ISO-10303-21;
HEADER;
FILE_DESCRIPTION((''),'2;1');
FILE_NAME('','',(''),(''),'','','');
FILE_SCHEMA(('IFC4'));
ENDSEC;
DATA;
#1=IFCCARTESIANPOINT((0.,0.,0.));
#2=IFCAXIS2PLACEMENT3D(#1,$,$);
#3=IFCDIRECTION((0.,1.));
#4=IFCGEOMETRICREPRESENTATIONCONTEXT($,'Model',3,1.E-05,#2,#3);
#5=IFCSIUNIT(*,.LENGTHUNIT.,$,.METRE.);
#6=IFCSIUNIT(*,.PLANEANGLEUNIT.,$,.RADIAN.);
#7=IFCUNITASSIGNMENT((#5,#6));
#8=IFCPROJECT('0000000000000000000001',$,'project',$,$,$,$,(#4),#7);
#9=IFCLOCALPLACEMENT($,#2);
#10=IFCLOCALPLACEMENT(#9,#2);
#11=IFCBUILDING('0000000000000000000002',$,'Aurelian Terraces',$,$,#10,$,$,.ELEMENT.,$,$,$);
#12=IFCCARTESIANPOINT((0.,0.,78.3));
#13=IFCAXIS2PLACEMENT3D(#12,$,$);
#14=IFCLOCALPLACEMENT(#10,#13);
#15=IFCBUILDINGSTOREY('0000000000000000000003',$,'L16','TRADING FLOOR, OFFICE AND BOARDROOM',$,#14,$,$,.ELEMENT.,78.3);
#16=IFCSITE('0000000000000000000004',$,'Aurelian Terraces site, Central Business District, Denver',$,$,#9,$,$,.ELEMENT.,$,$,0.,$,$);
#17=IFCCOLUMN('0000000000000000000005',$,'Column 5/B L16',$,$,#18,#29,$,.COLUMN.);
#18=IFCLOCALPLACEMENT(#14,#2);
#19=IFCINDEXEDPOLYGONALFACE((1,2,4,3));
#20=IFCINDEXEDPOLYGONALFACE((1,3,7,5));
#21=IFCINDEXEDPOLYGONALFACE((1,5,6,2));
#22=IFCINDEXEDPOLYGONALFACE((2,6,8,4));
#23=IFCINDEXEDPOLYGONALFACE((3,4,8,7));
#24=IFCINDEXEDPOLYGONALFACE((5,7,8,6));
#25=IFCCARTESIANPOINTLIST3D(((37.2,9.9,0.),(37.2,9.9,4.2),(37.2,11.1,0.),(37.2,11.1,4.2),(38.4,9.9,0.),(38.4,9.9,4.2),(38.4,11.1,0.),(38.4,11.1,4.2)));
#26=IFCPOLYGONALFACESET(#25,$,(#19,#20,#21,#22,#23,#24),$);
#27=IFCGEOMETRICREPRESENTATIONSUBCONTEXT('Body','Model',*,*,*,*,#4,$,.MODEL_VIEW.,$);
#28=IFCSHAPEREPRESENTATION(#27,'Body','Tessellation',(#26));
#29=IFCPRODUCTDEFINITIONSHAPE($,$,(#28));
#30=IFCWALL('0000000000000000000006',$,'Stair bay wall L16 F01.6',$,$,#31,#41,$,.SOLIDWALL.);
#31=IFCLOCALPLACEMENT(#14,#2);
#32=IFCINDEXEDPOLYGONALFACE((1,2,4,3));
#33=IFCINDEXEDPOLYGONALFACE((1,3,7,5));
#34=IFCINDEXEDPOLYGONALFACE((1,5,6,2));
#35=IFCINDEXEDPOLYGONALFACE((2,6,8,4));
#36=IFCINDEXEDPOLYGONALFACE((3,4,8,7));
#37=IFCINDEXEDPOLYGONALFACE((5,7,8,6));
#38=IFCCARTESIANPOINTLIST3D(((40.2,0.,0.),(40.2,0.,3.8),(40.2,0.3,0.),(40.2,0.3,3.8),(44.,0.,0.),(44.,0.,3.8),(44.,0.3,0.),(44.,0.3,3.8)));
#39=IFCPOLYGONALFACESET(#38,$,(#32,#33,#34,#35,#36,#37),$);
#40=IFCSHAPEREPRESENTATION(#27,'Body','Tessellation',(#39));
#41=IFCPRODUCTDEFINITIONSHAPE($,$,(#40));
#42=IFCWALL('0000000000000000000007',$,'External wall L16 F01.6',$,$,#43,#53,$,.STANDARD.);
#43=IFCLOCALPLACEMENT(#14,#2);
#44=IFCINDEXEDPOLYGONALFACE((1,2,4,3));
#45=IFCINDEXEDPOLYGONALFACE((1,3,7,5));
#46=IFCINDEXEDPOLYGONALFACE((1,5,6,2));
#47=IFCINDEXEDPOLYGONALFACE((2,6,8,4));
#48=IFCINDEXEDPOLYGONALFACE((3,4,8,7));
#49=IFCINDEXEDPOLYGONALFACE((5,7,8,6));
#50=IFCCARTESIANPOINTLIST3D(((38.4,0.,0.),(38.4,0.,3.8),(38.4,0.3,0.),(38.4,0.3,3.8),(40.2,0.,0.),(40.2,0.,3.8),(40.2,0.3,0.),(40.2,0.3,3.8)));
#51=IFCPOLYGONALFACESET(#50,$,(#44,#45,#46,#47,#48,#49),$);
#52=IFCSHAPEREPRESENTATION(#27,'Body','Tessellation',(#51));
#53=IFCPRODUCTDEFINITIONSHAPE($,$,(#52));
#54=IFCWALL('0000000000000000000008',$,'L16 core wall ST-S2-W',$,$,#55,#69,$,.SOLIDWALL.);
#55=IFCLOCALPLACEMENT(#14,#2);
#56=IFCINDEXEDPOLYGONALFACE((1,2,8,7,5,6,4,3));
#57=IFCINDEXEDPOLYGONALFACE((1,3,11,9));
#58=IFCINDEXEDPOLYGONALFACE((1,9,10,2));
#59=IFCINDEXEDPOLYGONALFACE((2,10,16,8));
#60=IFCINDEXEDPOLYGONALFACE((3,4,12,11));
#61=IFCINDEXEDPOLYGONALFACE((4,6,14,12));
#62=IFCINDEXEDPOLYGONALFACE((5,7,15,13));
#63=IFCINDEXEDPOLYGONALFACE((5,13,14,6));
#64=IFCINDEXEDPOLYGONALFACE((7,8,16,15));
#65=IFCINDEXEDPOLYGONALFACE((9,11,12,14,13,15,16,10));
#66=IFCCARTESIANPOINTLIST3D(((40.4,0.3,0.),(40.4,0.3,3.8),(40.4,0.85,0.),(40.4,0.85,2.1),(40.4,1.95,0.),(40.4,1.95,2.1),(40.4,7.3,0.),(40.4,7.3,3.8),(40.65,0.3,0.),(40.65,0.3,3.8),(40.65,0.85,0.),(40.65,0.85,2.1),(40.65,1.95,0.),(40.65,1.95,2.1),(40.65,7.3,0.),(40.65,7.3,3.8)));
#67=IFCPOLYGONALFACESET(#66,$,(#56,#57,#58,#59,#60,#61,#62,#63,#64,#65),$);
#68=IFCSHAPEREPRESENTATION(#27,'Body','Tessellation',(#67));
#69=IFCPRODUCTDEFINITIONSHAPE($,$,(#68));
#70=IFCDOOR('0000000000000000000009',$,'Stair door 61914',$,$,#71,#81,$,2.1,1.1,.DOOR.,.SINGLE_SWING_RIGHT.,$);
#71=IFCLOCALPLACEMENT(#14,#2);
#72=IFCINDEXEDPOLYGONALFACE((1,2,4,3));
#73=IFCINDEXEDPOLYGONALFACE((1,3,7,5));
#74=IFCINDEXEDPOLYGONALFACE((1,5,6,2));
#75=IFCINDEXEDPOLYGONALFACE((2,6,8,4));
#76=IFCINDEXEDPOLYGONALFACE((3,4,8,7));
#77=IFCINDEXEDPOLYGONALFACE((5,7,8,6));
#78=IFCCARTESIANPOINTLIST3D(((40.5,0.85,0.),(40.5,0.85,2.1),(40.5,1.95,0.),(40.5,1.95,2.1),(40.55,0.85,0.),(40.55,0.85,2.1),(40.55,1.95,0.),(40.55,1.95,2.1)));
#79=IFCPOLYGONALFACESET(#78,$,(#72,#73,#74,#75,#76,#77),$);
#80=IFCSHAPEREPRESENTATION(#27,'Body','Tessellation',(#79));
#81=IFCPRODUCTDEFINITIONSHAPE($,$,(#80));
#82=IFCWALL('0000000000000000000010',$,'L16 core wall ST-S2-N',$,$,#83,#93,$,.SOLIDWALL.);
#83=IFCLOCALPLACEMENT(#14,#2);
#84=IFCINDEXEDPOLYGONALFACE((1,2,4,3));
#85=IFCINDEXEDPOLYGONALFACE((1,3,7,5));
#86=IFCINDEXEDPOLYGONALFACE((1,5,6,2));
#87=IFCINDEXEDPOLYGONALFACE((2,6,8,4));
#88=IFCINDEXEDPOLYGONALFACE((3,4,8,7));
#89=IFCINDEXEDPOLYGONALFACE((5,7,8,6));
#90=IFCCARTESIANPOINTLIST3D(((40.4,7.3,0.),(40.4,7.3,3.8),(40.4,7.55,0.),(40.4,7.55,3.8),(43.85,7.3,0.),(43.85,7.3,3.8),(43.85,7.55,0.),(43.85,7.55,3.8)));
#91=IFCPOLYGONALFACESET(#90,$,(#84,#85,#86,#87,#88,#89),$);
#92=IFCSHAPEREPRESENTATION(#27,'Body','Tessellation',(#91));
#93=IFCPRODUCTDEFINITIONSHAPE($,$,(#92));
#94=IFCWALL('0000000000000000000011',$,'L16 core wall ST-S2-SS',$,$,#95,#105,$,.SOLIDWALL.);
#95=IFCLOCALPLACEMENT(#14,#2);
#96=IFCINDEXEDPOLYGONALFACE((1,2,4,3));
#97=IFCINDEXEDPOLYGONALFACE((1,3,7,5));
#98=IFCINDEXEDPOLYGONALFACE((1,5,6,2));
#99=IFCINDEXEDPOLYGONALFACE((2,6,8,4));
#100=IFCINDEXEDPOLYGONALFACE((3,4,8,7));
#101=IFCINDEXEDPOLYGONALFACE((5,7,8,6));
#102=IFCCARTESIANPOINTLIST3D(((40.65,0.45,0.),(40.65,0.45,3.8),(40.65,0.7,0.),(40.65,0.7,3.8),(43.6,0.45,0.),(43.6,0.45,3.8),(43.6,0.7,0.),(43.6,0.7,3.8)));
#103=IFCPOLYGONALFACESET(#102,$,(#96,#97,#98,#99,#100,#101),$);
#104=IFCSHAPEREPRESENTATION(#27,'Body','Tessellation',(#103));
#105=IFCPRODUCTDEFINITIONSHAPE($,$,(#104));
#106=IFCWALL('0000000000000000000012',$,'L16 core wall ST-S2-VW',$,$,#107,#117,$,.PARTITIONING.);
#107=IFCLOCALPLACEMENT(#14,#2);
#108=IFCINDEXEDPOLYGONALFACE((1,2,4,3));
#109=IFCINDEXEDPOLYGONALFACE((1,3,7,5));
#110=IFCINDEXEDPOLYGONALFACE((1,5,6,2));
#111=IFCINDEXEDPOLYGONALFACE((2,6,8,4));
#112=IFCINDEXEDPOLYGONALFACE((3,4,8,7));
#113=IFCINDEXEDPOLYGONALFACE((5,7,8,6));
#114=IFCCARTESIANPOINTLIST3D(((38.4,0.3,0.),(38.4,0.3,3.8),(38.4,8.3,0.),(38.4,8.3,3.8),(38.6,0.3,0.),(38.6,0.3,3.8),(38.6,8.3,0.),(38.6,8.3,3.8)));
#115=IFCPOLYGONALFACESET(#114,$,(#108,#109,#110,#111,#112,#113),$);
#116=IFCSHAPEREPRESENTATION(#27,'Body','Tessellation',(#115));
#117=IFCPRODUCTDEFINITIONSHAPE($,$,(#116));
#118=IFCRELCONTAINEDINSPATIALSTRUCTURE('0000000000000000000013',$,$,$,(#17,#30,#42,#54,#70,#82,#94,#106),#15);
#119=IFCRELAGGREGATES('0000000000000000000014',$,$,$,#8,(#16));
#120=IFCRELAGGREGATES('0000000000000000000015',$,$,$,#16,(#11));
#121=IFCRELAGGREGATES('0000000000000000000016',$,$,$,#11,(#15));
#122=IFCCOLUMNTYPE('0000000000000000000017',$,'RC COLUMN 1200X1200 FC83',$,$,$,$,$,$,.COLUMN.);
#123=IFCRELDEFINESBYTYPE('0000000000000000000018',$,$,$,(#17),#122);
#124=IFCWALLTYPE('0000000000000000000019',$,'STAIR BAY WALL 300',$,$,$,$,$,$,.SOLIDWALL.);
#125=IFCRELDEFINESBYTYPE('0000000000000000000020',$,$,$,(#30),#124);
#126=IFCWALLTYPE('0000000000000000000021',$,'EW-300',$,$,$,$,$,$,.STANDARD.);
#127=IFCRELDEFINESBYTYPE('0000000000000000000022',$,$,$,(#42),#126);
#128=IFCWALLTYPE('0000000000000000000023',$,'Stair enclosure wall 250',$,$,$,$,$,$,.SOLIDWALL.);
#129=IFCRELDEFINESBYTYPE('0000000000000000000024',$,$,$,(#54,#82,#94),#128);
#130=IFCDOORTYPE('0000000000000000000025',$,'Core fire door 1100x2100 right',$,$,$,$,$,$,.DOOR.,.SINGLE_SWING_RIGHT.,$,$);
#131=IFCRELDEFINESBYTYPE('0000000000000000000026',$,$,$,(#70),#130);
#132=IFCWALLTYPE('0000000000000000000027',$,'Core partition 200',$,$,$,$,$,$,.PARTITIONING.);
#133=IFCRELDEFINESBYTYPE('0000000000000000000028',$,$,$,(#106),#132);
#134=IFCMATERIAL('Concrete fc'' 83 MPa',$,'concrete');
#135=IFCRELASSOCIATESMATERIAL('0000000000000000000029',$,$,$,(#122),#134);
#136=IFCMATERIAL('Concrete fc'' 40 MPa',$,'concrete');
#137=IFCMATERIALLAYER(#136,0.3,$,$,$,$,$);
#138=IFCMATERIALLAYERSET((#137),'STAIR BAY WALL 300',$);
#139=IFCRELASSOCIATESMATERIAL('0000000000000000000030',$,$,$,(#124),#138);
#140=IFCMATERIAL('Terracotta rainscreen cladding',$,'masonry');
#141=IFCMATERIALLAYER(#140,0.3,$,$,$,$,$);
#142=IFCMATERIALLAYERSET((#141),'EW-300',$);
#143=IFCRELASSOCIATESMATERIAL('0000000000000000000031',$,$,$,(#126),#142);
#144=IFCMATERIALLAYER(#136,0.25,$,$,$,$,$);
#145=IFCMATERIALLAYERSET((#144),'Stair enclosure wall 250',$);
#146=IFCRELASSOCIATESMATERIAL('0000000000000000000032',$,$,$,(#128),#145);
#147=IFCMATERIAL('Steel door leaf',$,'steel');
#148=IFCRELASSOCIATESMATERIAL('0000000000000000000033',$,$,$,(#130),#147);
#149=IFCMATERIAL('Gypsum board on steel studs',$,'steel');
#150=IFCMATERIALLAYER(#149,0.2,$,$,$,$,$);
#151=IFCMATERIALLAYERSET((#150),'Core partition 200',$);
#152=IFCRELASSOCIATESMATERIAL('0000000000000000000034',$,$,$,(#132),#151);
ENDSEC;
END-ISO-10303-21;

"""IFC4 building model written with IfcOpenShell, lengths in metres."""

from ifc_helpers import new_model, si_unit, direction, frame, frame_2d, origin, origin_2d, place, context, subcontext, project, spatial, rectangle, extrude, source, transform, mapped, material, layer, layer_set, material_profile, profile_set, type_object, element, fill, save


model = new_model("IFC4")

# Units and contexts
model_context = context("Model", 3, precision=1e-05, world=origin(), true_north=direction((0.0, 1.0)))
body_context = subcontext(model_context, "Body", "Model", "MODEL_VIEW")
ifc_project = project(units=[si_unit("LENGTHUNIT", "METRE"), si_unit("PLANEANGLEUNIT", "RADIAN")], contexts=[model_context])

# Site, building, storey
site_placement = place(None, origin())
site = spatial("IfcSite", under=ifc_project, at=site_placement, Name="Aurelian Terraces site, Central Business District, Denver", CompositionType="ELEMENT", RefElevation=0.0)
building_placement = place(site_placement, origin())
building = spatial("IfcBuilding", under=site, at=building_placement, Name="Aurelian Terraces", CompositionType="ELEMENT")
storey_placement = place(building_placement, frame((0.0, 0.0, 78.3)))
storey = spatial("IfcBuildingStorey", under=building, at=storey_placement, Name="L16", Description="TRADING FLOOR, OFFICE AND BOARDROOM", CompositionType="ELEMENT", Elevation=78.3)

# Column
ifc_material_1 = material(Name="Concrete fc' 83 MPa", Category="concrete")
ifc_material_profile = material_profile(ifc_material_1, rectangle(XDim=1.2, YDim=1.2, at=origin_2d()))
ifc_profile_set = profile_set([ifc_material_profile], Name="Concrete fc' 83 MPa")
column_type = type_object("IfcColumnType", Name="RC COLUMN 1200X1200 FC83", PredefinedType="COLUMN", material=ifc_profile_set)
shared_shape_1 = source(origin(), body_context, "Body", "SweptSolid", [
    extrude(rectangle(XDim=1.2, YDim=1.2, at=origin_2d()), origin(), (0.0, 0.0, 1.0), 4.2),
])
column_placement = place(storey_placement, frame((37.8, 10.5, 0.0), z_axis=(0.0, 0.0, 1.0), x_axis=(1.0, 0.0, 0.0)))
element("IfcColumn", 1, at=column_placement, inside=storey, type_object=column_type, Name="Column 5/B L16", PredefinedType="COLUMN", context=body_context, shape_type="MappedRepresentation", body=[
    mapped(shared_shape_1, transform((0.0, 0.0, 0.0), scale=1.0)),
])

# Walls
ifc_material_2 = material(Name="Concrete fc' 40 MPa", Category="concrete")
ifc_layer_1 = layer(ifc_material_2, 0.3)
ifc_layer_set_1 = layer_set([ifc_layer_1], Name="STAIR BAY WALL 300")
wall_type_1 = type_object("IfcWallType", Name="STAIR BAY WALL 300", PredefinedType="SOLIDWALL", material=ifc_layer_set_1)
shared_shape_2 = source(origin(), body_context, "Body", "SweptSolid", [
    extrude(rectangle(XDim=3.8, YDim=0.3, at=frame_2d((1.9, 0.0))), origin(), (0.0, 0.0, 1.0), 3.8),
])
wall_1_placement = place(storey_placement, frame((40.2, 0.15, 0.0), z_axis=(0.0, 0.0, 1.0), x_axis=(1.0, 0.0, 0.0)))
element("IfcWall", 2, at=wall_1_placement, inside=storey, type_object=wall_type_1, Name="Stair bay wall L16 F01.6", PredefinedType="SOLIDWALL", context=body_context, shape_type="MappedRepresentation", body=[
    mapped(shared_shape_2, transform((0.0, 0.0, 0.0), scale=1.0)),
])
ifc_material_3 = material(Name="Terracotta rainscreen cladding", Category="masonry")
ifc_layer_2 = layer(ifc_material_3, 0.3)
ifc_layer_set_2 = layer_set([ifc_layer_2], Name="EW-300")
wall_type_2 = type_object("IfcWallType", Name="EW-300", PredefinedType="STANDARD", material=ifc_layer_set_2)
shared_shape_3 = source(origin(), body_context, "Body", "SweptSolid", [
    extrude(rectangle(XDim=1.8, YDim=0.3, at=frame_2d((0.9, 0.0))), origin(), (0.0, 0.0, 1.0), 3.8),
])
wall_2_placement = place(storey_placement, frame((38.4, 0.15, 0.0), z_axis=(0.0, 0.0, 1.0), x_axis=(1.0, 0.0, 0.0)))
element("IfcWall", 3, at=wall_2_placement, inside=storey, type_object=wall_type_2, Name="External wall L16 F01.6", PredefinedType="STANDARD", context=body_context, shape_type="MappedRepresentation", body=[
    mapped(shared_shape_3, transform((0.0, 0.0, 0.0), scale=1.0)),
])

# Wall, opening, door
ifc_layer_3 = layer(ifc_material_2, 0.25)
ifc_layer_set_3 = layer_set([ifc_layer_3], Name="Stair enclosure wall 250")
wall_type_3 = type_object("IfcWallType", Name="Stair enclosure wall 250", PredefinedType="SOLIDWALL", material=ifc_layer_set_3)
shared_shape_4 = source(origin(), body_context, "Body", "SweptSolid", [
    extrude(rectangle(XDim=7.0, YDim=0.25, at=frame_2d((3.5, 0.0))), origin(), (0.0, 0.0, 1.0), 3.8),
])
wall_3_placement = place(storey_placement, frame((40.525, 0.3, 0.0), z_axis=(0.0, 0.0, 1.0), x_axis=(0.0, 1.0, 0.0)))
wall_3 = element("IfcWall", 4, at=wall_3_placement, inside=storey, type_object=wall_type_3, Name="L16 core wall ST-S2-W", PredefinedType="SOLIDWALL", context=body_context, shape_type="MappedRepresentation", body=[
    mapped(shared_shape_4, transform((0.0, 0.0, 0.0), scale=1.0)),
])
shared_shape_5 = source(origin(), body_context, "Body", "SweptSolid", [
    extrude(rectangle(XDim=1.1, YDim=2.1, at=frame_2d((0.55, 1.05))), frame((0.0, 0.135, 0.0), z_axis=(0.0, -1.0, 0.0), x_axis=(1.0, 0.0, 0.0)), (0.0, 0.0, 1.0), 0.27),
])
opening_1_placement = place(wall_3_placement, frame((0.55, 0.0, 0.0)))
opening_1 = element("IfcOpeningElement", 5, at=opening_1_placement, cuts=wall_3, PredefinedType="OPENING", context=body_context, shape_type="MappedRepresentation", body=[
    mapped(shared_shape_5, transform((0.0, 0.0, 0.0), scale=1.0)),
])
ifc_material_4 = material(Name="Steel door leaf", Category="steel")
door_type_1 = type_object("IfcDoorType", Name="Core fire door 1100x2100 right", OperationType="SINGLE_SWING_RIGHT", PredefinedType="DOOR", material=ifc_material_4)
shared_shape_6 = source(origin(), body_context, "Body", "SweptSolid", [
    extrude(rectangle(XDim=1.1, YDim=2.1, at=frame_2d((0.55, 1.05))), frame((0.0, 0.025, 0.0), z_axis=(0.0, -1.0, 0.0), x_axis=(1.0, 0.0, 0.0)), (0.0, 0.0, 1.0), 0.05),
])
door_1_placement = place(opening_1_placement, origin())
door_1 = element("IfcDoor", 6, at=door_1_placement, inside=storey, type_object=door_type_1, Name="Stair door 61914", OperationType="SINGLE_SWING_RIGHT", OverallHeight=2.1, OverallWidth=1.1, PredefinedType="DOOR", context=body_context, shape_type="MappedRepresentation", body=[
    mapped(shared_shape_6, transform((0.0, 0.0, 0.0), scale=1.0)),
])
fill(opening_1, door_1)

# Walls
shared_shape_7 = source(origin(), body_context, "Body", "SweptSolid", [
    extrude(rectangle(XDim=3.45, YDim=0.25, at=frame_2d((1.725, 0.0))), origin(), (0.0, 0.0, 1.0), 3.8),
])
wall_4_placement = place(storey_placement, frame((40.4, 7.425, 0.0), z_axis=(0.0, 0.0, 1.0), x_axis=(1.0, 0.0, 0.0)))
element("IfcWall", 7, at=wall_4_placement, inside=storey, type_object=wall_type_3, Name="L16 core wall ST-S2-N", PredefinedType="SOLIDWALL", context=body_context, shape_type="MappedRepresentation", body=[
    mapped(shared_shape_7, transform((0.0, 0.0, 0.0), scale=1.0)),
])
shared_shape_8 = source(origin(), body_context, "Body", "SweptSolid", [
    extrude(rectangle(XDim=2.95, YDim=0.25, at=frame_2d((1.475, 0.0))), origin(), (0.0, 0.0, 1.0), 3.8),
])
wall_5_placement = place(storey_placement, frame((40.65, 0.575, 0.0), z_axis=(0.0, 0.0, 1.0), x_axis=(1.0, 0.0, 0.0)))
element("IfcWall", 8, at=wall_5_placement, inside=storey, type_object=wall_type_3, Name="L16 core wall ST-S2-SS", PredefinedType="SOLIDWALL", context=body_context, shape_type="MappedRepresentation", body=[
    mapped(shared_shape_8, transform((0.0, 0.0, 0.0), scale=1.0)),
])
ifc_material_5 = material(Name="Gypsum board on steel studs", Category="steel")
ifc_layer_4 = layer(ifc_material_5, 0.2)
ifc_layer_set_4 = layer_set([ifc_layer_4], Name="Core partition 200")
wall_type_4 = type_object("IfcWallType", Name="Core partition 200", PredefinedType="PARTITIONING", material=ifc_layer_set_4)
shared_shape_9 = source(origin(), body_context, "Body", "SweptSolid", [
    extrude(rectangle(XDim=8.0, YDim=0.2, at=frame_2d((4.0, 0.0))), origin(), (0.0, 0.0, 1.0), 3.8),
])
wall_6_placement = place(storey_placement, frame((38.5, 0.3, 0.0), z_axis=(0.0, 0.0, 1.0), x_axis=(0.0, 1.0, 0.0)))
element("IfcWall", 9, at=wall_6_placement, inside=storey, type_object=wall_type_4, Name="L16 core wall ST-S2-VW", PredefinedType="PARTITIONING", context=body_context, shape_type="MappedRepresentation", body=[
    mapped(shared_shape_9, transform((0.0, 0.0, 0.0), scale=1.0)),
])

save(model, "model.ifc")
